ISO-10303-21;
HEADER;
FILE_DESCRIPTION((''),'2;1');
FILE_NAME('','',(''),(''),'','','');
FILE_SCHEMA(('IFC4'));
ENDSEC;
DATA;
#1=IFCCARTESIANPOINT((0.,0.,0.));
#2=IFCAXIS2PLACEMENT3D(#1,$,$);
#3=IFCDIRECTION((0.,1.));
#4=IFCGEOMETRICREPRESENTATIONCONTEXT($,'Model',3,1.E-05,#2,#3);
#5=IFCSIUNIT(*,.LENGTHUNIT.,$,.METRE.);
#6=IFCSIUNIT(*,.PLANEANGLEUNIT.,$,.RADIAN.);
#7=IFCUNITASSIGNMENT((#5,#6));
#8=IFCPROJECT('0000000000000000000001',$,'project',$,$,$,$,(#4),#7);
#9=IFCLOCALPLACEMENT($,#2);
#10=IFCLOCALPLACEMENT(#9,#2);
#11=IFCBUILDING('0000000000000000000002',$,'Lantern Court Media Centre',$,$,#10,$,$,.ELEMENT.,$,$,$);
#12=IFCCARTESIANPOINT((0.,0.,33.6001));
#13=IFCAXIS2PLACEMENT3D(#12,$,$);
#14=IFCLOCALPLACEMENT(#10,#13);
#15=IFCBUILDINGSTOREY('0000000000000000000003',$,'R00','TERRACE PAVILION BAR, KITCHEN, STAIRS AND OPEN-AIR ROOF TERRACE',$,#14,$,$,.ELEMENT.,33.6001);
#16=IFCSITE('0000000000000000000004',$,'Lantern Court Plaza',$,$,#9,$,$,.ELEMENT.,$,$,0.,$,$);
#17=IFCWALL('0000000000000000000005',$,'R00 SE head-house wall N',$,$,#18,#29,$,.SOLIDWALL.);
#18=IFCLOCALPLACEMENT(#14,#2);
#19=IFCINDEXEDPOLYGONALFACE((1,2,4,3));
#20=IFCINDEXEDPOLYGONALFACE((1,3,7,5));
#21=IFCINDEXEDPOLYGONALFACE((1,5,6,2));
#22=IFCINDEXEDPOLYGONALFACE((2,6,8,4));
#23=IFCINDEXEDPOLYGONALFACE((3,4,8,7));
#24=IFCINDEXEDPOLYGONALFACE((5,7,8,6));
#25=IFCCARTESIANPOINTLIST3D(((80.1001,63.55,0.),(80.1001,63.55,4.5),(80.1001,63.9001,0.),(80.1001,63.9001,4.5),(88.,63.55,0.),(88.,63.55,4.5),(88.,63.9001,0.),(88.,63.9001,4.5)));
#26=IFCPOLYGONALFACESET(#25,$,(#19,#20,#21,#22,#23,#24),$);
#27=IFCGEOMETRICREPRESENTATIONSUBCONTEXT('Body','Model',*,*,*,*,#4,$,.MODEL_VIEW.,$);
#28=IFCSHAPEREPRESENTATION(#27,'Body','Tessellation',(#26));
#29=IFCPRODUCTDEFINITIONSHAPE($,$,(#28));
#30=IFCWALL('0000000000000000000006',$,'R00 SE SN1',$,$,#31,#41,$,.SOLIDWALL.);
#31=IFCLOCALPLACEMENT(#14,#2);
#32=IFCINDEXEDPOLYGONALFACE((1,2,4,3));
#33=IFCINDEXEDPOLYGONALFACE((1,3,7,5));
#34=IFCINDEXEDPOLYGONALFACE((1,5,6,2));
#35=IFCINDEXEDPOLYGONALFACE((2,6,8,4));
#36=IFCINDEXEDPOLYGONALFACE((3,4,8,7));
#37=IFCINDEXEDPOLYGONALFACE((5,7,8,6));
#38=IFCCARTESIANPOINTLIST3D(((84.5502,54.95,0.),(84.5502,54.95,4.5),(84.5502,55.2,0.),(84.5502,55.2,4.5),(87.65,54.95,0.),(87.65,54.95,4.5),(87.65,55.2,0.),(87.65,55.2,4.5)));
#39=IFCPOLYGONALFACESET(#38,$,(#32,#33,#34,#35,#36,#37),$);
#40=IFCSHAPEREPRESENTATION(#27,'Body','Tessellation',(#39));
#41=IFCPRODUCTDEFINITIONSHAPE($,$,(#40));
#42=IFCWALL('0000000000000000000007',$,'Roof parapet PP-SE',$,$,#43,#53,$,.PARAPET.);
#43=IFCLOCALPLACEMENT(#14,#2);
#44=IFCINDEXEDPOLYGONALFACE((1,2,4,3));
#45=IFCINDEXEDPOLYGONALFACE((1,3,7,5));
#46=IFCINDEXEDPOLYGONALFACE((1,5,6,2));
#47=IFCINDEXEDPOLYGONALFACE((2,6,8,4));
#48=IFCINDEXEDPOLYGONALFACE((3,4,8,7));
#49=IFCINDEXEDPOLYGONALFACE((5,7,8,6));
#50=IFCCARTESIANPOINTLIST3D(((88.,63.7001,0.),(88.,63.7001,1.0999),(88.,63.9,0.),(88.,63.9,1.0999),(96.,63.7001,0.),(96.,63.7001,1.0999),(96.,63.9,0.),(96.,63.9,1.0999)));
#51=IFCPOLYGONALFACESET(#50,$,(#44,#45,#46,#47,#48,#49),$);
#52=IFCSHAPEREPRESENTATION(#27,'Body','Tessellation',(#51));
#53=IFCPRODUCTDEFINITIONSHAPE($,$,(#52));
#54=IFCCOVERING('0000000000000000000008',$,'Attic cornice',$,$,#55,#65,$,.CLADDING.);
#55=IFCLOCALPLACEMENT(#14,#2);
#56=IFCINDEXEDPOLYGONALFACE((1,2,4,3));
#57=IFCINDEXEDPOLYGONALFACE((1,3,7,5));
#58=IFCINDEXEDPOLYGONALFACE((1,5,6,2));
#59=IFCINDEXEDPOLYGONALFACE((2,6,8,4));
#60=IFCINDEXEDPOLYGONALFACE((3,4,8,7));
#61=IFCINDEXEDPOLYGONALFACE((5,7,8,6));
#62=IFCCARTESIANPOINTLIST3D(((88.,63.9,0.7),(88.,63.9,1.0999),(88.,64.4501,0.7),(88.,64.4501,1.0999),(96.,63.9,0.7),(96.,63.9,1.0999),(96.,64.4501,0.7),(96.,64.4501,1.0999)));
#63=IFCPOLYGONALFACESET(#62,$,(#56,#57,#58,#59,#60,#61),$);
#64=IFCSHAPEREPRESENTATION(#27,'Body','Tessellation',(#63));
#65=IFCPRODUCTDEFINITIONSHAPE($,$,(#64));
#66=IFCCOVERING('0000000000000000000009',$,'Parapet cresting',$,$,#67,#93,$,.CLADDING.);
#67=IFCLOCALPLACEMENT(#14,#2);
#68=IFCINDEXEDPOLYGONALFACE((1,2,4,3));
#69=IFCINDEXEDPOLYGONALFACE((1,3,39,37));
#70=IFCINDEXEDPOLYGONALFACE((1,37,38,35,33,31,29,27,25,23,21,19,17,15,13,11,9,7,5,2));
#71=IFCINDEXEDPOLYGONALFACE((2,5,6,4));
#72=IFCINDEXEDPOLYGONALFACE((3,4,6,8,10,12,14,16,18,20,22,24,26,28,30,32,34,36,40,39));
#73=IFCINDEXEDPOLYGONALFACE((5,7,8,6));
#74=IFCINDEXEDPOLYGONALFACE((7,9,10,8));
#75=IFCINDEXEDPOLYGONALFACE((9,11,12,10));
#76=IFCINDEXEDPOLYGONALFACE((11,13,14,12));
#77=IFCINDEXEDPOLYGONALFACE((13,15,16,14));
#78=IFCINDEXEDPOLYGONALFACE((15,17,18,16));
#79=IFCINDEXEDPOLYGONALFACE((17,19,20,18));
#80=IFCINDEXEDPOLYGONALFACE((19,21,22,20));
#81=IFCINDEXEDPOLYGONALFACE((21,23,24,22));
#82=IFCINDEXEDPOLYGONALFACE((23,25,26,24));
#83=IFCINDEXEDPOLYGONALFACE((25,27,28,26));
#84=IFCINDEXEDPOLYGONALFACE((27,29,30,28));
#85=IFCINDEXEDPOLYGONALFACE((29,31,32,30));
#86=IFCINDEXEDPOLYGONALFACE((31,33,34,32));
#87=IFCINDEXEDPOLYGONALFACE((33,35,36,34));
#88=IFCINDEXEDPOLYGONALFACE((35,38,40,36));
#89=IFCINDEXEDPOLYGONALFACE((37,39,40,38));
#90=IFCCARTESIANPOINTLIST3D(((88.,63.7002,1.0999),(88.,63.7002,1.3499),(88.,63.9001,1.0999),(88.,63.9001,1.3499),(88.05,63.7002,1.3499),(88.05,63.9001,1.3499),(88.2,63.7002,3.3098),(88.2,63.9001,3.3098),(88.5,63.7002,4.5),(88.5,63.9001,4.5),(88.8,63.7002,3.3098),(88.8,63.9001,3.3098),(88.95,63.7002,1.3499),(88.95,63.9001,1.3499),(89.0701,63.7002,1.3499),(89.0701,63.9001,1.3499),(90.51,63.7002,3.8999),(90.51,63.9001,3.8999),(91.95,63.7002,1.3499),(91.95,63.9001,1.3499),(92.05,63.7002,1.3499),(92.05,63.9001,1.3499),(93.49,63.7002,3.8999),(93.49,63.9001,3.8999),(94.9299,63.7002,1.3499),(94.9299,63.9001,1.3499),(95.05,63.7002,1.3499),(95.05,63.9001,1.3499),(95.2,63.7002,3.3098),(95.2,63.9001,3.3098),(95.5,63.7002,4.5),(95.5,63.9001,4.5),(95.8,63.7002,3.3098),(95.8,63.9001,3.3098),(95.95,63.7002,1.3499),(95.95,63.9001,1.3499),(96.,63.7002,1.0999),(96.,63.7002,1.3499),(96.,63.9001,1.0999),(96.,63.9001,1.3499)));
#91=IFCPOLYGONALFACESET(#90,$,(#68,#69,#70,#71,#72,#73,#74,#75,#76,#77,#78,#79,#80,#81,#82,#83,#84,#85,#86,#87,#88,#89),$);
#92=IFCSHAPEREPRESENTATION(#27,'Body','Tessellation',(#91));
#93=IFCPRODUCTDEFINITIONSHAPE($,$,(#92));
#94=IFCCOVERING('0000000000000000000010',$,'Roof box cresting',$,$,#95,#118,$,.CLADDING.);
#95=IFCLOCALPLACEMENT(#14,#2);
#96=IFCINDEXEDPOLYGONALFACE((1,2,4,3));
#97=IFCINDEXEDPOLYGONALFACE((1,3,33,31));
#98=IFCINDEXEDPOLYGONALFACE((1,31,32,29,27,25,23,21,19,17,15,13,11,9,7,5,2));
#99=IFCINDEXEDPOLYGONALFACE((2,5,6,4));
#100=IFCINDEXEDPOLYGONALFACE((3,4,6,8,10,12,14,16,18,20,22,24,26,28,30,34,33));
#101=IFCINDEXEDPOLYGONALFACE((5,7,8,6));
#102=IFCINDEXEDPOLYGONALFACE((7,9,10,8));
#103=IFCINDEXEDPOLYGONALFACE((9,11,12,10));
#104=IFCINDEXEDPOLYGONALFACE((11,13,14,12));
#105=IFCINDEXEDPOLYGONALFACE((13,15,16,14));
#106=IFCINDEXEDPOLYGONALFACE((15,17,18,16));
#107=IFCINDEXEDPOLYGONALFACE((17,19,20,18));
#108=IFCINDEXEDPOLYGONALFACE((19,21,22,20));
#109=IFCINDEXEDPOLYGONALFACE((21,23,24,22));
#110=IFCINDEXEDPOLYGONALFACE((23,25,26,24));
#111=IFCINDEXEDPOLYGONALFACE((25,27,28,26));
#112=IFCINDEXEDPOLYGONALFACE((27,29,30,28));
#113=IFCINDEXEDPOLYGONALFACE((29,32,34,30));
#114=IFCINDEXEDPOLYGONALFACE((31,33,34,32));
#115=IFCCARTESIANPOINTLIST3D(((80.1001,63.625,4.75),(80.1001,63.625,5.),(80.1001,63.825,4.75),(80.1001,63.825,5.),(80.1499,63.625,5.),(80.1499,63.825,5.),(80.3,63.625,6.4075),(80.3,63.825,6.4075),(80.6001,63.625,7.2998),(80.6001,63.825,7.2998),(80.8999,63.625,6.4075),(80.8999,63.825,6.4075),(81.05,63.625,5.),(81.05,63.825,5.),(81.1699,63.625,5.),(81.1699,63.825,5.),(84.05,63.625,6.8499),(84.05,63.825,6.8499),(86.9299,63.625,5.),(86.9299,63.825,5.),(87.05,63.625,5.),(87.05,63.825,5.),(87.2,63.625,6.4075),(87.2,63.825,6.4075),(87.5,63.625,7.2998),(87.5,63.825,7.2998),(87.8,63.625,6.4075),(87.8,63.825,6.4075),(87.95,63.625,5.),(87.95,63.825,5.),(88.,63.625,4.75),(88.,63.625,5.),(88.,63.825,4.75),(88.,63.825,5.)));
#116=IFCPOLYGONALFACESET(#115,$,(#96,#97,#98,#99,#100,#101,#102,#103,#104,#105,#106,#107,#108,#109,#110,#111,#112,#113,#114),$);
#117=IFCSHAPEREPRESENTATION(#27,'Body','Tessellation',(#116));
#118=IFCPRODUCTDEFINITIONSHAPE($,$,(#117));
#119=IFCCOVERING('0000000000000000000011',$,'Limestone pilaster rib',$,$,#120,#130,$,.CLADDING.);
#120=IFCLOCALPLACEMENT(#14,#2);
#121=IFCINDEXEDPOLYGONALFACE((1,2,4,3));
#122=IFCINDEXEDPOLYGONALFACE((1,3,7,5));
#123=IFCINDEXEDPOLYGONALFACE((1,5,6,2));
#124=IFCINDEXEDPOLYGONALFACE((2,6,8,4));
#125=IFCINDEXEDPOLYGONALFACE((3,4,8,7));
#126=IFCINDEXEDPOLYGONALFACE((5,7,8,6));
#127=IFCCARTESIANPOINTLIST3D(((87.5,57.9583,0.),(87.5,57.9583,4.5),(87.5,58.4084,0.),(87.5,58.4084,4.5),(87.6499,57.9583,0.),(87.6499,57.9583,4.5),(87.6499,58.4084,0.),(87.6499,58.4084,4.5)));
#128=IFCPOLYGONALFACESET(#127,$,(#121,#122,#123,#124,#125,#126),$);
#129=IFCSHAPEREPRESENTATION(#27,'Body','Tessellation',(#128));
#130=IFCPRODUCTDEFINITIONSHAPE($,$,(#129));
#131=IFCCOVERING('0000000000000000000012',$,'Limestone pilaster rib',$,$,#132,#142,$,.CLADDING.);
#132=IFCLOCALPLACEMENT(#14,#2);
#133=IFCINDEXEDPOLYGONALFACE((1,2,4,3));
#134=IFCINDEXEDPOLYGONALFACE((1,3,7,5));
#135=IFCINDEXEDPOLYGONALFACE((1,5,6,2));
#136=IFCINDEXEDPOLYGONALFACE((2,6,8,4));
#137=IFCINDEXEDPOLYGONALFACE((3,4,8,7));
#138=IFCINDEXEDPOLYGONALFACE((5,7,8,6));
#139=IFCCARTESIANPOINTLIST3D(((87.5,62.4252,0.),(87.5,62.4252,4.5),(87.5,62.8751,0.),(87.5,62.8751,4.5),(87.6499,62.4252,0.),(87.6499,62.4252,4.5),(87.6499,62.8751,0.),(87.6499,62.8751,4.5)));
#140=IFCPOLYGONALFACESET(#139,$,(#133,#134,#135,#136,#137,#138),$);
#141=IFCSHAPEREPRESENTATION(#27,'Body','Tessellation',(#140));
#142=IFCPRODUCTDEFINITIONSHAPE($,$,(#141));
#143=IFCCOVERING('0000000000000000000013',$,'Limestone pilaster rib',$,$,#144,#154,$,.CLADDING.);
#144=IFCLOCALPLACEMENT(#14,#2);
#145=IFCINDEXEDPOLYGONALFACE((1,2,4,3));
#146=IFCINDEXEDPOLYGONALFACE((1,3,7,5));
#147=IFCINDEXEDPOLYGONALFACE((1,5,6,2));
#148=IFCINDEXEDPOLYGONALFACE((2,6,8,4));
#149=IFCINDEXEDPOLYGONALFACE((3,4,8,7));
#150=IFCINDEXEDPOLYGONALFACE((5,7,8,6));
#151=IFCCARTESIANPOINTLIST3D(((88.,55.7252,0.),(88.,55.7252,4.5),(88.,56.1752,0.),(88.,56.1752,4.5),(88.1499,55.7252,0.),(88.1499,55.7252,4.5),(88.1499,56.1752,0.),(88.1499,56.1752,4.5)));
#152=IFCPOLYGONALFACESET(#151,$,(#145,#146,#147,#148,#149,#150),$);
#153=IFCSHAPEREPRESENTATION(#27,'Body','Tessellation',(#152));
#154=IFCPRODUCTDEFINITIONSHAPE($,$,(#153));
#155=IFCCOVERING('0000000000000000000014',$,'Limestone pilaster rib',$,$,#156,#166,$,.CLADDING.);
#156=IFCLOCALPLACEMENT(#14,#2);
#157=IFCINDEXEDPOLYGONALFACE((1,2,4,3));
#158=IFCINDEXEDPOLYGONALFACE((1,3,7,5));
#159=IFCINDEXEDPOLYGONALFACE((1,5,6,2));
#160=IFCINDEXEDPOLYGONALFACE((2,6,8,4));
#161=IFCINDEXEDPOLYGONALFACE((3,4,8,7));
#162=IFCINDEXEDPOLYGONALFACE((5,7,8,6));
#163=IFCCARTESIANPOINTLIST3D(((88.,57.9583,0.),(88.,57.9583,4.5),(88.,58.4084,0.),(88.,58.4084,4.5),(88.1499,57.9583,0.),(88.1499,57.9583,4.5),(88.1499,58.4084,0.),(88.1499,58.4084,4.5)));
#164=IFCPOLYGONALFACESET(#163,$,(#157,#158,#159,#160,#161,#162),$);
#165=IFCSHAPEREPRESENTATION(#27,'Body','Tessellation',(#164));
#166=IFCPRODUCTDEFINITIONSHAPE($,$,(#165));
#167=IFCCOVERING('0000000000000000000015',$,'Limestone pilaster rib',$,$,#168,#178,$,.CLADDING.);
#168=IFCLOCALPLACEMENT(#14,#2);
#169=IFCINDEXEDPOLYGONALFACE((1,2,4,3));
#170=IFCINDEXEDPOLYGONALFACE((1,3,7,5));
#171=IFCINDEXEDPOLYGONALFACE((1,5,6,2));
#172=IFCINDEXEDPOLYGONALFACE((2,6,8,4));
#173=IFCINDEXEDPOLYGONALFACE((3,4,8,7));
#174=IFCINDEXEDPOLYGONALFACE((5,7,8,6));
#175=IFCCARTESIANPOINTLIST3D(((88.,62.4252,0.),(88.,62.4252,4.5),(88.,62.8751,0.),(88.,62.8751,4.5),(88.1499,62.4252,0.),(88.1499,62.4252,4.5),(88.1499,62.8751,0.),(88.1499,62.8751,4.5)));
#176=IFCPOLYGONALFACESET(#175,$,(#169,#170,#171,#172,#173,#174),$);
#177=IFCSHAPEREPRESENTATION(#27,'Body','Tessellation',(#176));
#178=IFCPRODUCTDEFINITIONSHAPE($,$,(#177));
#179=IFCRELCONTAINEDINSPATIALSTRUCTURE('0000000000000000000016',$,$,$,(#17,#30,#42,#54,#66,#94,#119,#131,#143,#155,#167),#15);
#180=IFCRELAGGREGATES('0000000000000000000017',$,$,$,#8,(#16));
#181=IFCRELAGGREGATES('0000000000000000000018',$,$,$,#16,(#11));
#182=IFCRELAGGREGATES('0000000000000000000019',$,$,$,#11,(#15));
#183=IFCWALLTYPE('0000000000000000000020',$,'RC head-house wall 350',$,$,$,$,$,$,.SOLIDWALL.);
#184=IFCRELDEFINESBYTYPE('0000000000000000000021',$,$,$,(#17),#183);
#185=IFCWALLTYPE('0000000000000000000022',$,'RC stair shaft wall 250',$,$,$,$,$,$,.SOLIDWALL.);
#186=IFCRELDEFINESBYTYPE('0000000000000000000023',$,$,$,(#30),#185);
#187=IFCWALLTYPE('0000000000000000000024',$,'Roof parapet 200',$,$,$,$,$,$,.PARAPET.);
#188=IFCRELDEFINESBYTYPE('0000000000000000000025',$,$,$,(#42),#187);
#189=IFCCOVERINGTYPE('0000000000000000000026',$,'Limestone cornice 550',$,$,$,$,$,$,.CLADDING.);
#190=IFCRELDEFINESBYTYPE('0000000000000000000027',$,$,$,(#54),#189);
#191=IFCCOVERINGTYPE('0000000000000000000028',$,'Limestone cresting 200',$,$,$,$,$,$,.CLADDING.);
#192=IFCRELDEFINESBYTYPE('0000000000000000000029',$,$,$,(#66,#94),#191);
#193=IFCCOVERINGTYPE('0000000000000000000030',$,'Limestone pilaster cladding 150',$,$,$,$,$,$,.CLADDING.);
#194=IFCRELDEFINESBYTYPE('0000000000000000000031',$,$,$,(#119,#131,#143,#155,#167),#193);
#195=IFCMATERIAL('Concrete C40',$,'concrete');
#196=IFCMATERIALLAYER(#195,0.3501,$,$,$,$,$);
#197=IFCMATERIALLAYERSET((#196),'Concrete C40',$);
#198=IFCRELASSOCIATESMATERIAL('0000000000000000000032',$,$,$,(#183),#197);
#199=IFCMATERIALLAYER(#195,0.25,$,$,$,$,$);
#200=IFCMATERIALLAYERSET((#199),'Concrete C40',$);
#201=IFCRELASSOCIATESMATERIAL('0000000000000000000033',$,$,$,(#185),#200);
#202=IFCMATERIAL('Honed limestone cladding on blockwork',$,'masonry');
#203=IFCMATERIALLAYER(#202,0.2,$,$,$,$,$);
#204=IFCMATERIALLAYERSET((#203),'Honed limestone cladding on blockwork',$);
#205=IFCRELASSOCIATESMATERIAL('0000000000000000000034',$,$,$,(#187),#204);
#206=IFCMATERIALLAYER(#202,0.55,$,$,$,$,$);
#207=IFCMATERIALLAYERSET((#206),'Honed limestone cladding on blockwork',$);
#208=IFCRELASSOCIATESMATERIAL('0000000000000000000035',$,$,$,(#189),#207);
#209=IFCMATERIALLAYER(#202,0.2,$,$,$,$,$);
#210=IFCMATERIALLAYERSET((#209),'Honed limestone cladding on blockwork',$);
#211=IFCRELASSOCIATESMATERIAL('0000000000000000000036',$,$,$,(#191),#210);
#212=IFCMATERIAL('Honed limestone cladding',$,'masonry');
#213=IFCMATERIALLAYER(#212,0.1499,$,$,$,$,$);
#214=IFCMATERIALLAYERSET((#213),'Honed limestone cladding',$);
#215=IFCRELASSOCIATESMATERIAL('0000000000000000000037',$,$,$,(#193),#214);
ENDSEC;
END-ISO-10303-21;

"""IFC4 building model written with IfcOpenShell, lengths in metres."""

from ifc_helpers import new_model, si_unit, direction, frame, frame_2d, origin, place, context, subcontext, project, spatial, polyline, rectangle, outline, extrude, material, layer, layer_set, type_object, element, save


model = new_model("IFC4")

# Units and contexts
model_context = context("Model", 3, precision=1e-05, world=origin(), true_north=direction((0.0, 1.0)))
body_context = subcontext(model_context, "Body", "Model", "MODEL_VIEW")
ifc_project = project(units=[si_unit("LENGTHUNIT", "METRE"), si_unit("PLANEANGLEUNIT", "RADIAN")], contexts=[model_context])

# Site, building, storey
site_placement = place(None, origin())
site = spatial("IfcSite", under=ifc_project, at=site_placement, Name="Lantern Court Plaza", CompositionType="ELEMENT", RefElevation=0.0)
building_placement = place(site_placement, origin())
building = spatial("IfcBuilding", under=site, at=building_placement, Name="Lantern Court Media Centre", CompositionType="ELEMENT")
storey_placement = place(building_placement, frame((0.0, 0.0, 33.6001)))
storey = spatial("IfcBuildingStorey", under=building, at=storey_placement, Name="R00", Description="TERRACE PAVILION BAR, KITCHEN, STAIRS AND OPEN-AIR ROOF TERRACE", CompositionType="ELEMENT", Elevation=33.6001)

# Shared definitions
ifc_material_1 = material(Name="Concrete C40", Category="concrete")

# Walls
ifc_layer_1 = layer(ifc_material_1, 0.3501)
ifc_layer_set_1 = layer_set([ifc_layer_1], Name="Concrete C40")
wall_type_1 = type_object("IfcWallType", Name="RC head-house wall 350", PredefinedType="SOLIDWALL", material=ifc_layer_set_1)
wall_1_placement = place(storey_placement, frame((88.0, 63.7251, 0.0), z_axis=(0.0, 0.0, 1.0), x_axis=(-1.0, 0.0, 0.0)))
element("IfcWall", 1, at=wall_1_placement, inside=storey, type_object=wall_type_1, Name="R00 SE head-house wall N", PredefinedType="SOLIDWALL", context=body_context, shape_type="SweptSolid", body=[
    extrude(rectangle(XDim=7.8999, YDim=0.3501, at=frame_2d((3.95, 0.0))), origin(), (0.0, 0.0, 1.0), 4.5),
])
ifc_layer_2 = layer(ifc_material_1, 0.25)
ifc_layer_set_2 = layer_set([ifc_layer_2], Name="Concrete C40")
wall_type_2 = type_object("IfcWallType", Name="RC stair shaft wall 250", PredefinedType="SOLIDWALL", material=ifc_layer_set_2)
wall_2_placement = place(storey_placement, frame((87.6499, 55.075, 0.0), z_axis=(0.0, 0.0, 1.0), x_axis=(-1.0, 0.0, 0.0)))
element("IfcWall", 2, at=wall_2_placement, inside=storey, type_object=wall_type_2, Name="R00 SE SN1", PredefinedType="SOLIDWALL", context=body_context, shape_type="SweptSolid", body=[
    extrude(rectangle(XDim=3.0999, YDim=0.25, at=frame_2d((1.5498, 0.0))), origin(), (0.0, 0.0, 1.0), 4.5),
])
ifc_material_2 = material(Name="Honed limestone cladding on blockwork", Category="masonry")
ifc_layer_3 = layer(ifc_material_2, 0.2)
ifc_layer_set_3 = layer_set([ifc_layer_3], Name="Honed limestone cladding on blockwork")
wall_type_3 = type_object("IfcWallType", Name="Roof parapet 200", PredefinedType="PARAPET", material=ifc_layer_set_3)
wall_3_placement = place(storey_placement, frame((88.0, 63.8, 0.0), z_axis=(0.0, 0.0, 1.0), x_axis=(1.0, 0.0, 0.0)))
element("IfcWall", 3, at=wall_3_placement, inside=storey, type_object=wall_type_3, Name="Roof parapet PP-SE", PredefinedType="PARAPET", context=body_context, shape_type="SweptSolid", body=[
    extrude(rectangle(XDim=8.0, YDim=0.2, at=frame_2d((4.0, 0.0))), origin(), (0.0, 0.0, 1.0), 1.0999),
])

# Coverings
ifc_layer_4 = layer(ifc_material_2, 0.55)
ifc_layer_set_4 = layer_set([ifc_layer_4], Name="Honed limestone cladding on blockwork")
covering_type_1 = type_object("IfcCoveringType", Name="Limestone cornice 550", PredefinedType="CLADDING", material=ifc_layer_set_4)
covering_1_placement = place(storey_placement, frame((88.0, 64.175, 0.7), z_axis=(0.0, 0.0, 1.0), x_axis=(1.0, 0.0, 0.0)))
element("IfcCovering", 4, at=covering_1_placement, inside=storey, type_object=covering_type_1, Name="Attic cornice", PredefinedType="CLADDING", context=body_context, shape_type="SweptSolid", body=[
    extrude(rectangle(XDim=8.0, YDim=0.55, at=frame_2d((4.0, 0.0))), origin(), (0.0, 0.0, 1.0), 0.3999),
])
ifc_layer_5 = layer(ifc_material_2, 0.2)
ifc_layer_set_5 = layer_set([ifc_layer_5], Name="Honed limestone cladding on blockwork")
covering_type_2 = type_object("IfcCoveringType", Name="Limestone cresting 200", PredefinedType="CLADDING", material=ifc_layer_set_5)
covering_2_placement = place(storey_placement, frame((88.0, 63.8, 1.0999), z_axis=(0.0, 0.0, 1.0), x_axis=(1.0, 0.0, 0.0)))
element("IfcCovering", 5, at=covering_2_placement, inside=storey, type_object=covering_type_2, Name="Parapet cresting", PredefinedType="CLADDING", context=body_context, shape_type="SweptSolid", body=[
    extrude(outline(polyline([(0.0, 0.0), (8.0, 0.0), (8.0, 0.25), (7.95, 0.25), (7.8, 2.21), (7.5, 3.4001), (7.2, 2.21), (7.05, 0.25), (6.9299, 0.25), (5.49, 2.8), (4.05, 0.25), (3.95, 0.25), (2.51, 2.8), (1.0701, 0.25), (0.95, 0.25), (0.8, 2.21), (0.5, 3.4001), (0.2, 2.21), (0.05, 0.25), (0.0, 0.25), (0.0, 0.0)])), frame((0.0, 0.1001, 0.0), z_axis=(0.0, -1.0, 0.0), x_axis=(1.0, 0.0, 0.0)), (0.0, 0.0, 1.0), 0.2),
])
covering_3_placement = place(storey_placement, frame((88.0, 63.7251, 4.75), z_axis=(0.0, 0.0, 1.0), x_axis=(-1.0, 0.0, 0.0)))
element("IfcCovering", 6, at=covering_3_placement, inside=storey, type_object=covering_type_2, Name="Roof box cresting", PredefinedType="CLADDING", context=body_context, shape_type="SweptSolid", body=[
    extrude(outline(polyline([(0.0, 0.0), (7.8999, 0.0), (7.8999, 0.25), (7.8501, 0.25), (7.7, 1.6575), (7.3999, 2.5498), (7.1001, 1.6575), (6.95, 0.25), (6.8301, 0.25), (3.95, 2.0999), (1.0701, 0.25), (0.95, 0.25), (0.8, 1.6575), (0.5, 2.5498), (0.2, 1.6575), (0.05, 0.25), (0.0, 0.25), (0.0, 0.0)])), frame((0.0, 0.1001, 0.0), z_axis=(0.0, -1.0, 0.0), x_axis=(1.0, 0.0, 0.0)), (0.0, 0.0, 1.0), 0.2),
])
ifc_material_3 = material(Name="Honed limestone cladding", Category="masonry")
ifc_layer_6 = layer(ifc_material_3, 0.1499)
ifc_layer_set_6 = layer_set([ifc_layer_6], Name="Honed limestone cladding")
covering_type_3 = type_object("IfcCoveringType", Name="Limestone pilaster cladding 150", PredefinedType="CLADDING", material=ifc_layer_set_6)
covering_4_placement = place(storey_placement, frame((87.575, 57.9583, 0.0), z_axis=(0.0, 0.0, 1.0), x_axis=(0.0, 1.0, 0.0)))
element("IfcCovering", 7, at=covering_4_placement, inside=storey, type_object=covering_type_3, Name="Limestone pilaster rib", PredefinedType="CLADDING", context=body_context, shape_type="SweptSolid", body=[
    extrude(rectangle(XDim=0.4502, YDim=0.1499, at=frame_2d((0.2251, 0.0))), origin(), (0.0, 0.0, 1.0), 4.5),
])
for number, where, z_axis, x_axis, name in (
    (8, (87.575, 62.425, 0.0), (0.0, 0.0, 1.0), (0.0, 1.0, 0.0), "Limestone pilaster rib"),
    (9, (88.075, 55.7251, 0.0), (0.0, 0.0, 1.0), (0.0, 1.0, 0.0), "Limestone pilaster rib"),
):
    element("IfcCovering", number, at=place(storey_placement, frame(where, z_axis=z_axis, x_axis=x_axis)), inside=storey, type_object=covering_type_3, Name=name, PredefinedType="CLADDING", context=body_context, shape_type="SweptSolid", body=[
        extrude(rectangle(XDim=0.45, YDim=0.1499, at=frame_2d((0.2251, 0.0))), origin(), (0.0, 0.0, 1.0), 4.5),
    ])
covering_5_placement = place(storey_placement, frame((88.075, 57.9583, 0.0), z_axis=(0.0, 0.0, 1.0), x_axis=(0.0, 1.0, 0.0)))
element("IfcCovering", 10, at=covering_5_placement, inside=storey, type_object=covering_type_3, Name="Limestone pilaster rib", PredefinedType="CLADDING", context=body_context, shape_type="SweptSolid", body=[
    extrude(rectangle(XDim=0.4502, YDim=0.1499, at=frame_2d((0.2251, 0.0))), origin(), (0.0, 0.0, 1.0), 4.5),
])
covering_6_placement = place(storey_placement, frame((88.075, 62.425, 0.0), z_axis=(0.0, 0.0, 1.0), x_axis=(0.0, 1.0, 0.0)))
element("IfcCovering", 11, at=covering_6_placement, inside=storey, type_object=covering_type_3, Name="Limestone pilaster rib", PredefinedType="CLADDING", context=body_context, shape_type="SweptSolid", body=[
    extrude(rectangle(XDim=0.45, YDim=0.1499, at=frame_2d((0.2251, 0.0))), origin(), (0.0, 0.0, 1.0), 4.5),
])

save(model, "model.ifc")
